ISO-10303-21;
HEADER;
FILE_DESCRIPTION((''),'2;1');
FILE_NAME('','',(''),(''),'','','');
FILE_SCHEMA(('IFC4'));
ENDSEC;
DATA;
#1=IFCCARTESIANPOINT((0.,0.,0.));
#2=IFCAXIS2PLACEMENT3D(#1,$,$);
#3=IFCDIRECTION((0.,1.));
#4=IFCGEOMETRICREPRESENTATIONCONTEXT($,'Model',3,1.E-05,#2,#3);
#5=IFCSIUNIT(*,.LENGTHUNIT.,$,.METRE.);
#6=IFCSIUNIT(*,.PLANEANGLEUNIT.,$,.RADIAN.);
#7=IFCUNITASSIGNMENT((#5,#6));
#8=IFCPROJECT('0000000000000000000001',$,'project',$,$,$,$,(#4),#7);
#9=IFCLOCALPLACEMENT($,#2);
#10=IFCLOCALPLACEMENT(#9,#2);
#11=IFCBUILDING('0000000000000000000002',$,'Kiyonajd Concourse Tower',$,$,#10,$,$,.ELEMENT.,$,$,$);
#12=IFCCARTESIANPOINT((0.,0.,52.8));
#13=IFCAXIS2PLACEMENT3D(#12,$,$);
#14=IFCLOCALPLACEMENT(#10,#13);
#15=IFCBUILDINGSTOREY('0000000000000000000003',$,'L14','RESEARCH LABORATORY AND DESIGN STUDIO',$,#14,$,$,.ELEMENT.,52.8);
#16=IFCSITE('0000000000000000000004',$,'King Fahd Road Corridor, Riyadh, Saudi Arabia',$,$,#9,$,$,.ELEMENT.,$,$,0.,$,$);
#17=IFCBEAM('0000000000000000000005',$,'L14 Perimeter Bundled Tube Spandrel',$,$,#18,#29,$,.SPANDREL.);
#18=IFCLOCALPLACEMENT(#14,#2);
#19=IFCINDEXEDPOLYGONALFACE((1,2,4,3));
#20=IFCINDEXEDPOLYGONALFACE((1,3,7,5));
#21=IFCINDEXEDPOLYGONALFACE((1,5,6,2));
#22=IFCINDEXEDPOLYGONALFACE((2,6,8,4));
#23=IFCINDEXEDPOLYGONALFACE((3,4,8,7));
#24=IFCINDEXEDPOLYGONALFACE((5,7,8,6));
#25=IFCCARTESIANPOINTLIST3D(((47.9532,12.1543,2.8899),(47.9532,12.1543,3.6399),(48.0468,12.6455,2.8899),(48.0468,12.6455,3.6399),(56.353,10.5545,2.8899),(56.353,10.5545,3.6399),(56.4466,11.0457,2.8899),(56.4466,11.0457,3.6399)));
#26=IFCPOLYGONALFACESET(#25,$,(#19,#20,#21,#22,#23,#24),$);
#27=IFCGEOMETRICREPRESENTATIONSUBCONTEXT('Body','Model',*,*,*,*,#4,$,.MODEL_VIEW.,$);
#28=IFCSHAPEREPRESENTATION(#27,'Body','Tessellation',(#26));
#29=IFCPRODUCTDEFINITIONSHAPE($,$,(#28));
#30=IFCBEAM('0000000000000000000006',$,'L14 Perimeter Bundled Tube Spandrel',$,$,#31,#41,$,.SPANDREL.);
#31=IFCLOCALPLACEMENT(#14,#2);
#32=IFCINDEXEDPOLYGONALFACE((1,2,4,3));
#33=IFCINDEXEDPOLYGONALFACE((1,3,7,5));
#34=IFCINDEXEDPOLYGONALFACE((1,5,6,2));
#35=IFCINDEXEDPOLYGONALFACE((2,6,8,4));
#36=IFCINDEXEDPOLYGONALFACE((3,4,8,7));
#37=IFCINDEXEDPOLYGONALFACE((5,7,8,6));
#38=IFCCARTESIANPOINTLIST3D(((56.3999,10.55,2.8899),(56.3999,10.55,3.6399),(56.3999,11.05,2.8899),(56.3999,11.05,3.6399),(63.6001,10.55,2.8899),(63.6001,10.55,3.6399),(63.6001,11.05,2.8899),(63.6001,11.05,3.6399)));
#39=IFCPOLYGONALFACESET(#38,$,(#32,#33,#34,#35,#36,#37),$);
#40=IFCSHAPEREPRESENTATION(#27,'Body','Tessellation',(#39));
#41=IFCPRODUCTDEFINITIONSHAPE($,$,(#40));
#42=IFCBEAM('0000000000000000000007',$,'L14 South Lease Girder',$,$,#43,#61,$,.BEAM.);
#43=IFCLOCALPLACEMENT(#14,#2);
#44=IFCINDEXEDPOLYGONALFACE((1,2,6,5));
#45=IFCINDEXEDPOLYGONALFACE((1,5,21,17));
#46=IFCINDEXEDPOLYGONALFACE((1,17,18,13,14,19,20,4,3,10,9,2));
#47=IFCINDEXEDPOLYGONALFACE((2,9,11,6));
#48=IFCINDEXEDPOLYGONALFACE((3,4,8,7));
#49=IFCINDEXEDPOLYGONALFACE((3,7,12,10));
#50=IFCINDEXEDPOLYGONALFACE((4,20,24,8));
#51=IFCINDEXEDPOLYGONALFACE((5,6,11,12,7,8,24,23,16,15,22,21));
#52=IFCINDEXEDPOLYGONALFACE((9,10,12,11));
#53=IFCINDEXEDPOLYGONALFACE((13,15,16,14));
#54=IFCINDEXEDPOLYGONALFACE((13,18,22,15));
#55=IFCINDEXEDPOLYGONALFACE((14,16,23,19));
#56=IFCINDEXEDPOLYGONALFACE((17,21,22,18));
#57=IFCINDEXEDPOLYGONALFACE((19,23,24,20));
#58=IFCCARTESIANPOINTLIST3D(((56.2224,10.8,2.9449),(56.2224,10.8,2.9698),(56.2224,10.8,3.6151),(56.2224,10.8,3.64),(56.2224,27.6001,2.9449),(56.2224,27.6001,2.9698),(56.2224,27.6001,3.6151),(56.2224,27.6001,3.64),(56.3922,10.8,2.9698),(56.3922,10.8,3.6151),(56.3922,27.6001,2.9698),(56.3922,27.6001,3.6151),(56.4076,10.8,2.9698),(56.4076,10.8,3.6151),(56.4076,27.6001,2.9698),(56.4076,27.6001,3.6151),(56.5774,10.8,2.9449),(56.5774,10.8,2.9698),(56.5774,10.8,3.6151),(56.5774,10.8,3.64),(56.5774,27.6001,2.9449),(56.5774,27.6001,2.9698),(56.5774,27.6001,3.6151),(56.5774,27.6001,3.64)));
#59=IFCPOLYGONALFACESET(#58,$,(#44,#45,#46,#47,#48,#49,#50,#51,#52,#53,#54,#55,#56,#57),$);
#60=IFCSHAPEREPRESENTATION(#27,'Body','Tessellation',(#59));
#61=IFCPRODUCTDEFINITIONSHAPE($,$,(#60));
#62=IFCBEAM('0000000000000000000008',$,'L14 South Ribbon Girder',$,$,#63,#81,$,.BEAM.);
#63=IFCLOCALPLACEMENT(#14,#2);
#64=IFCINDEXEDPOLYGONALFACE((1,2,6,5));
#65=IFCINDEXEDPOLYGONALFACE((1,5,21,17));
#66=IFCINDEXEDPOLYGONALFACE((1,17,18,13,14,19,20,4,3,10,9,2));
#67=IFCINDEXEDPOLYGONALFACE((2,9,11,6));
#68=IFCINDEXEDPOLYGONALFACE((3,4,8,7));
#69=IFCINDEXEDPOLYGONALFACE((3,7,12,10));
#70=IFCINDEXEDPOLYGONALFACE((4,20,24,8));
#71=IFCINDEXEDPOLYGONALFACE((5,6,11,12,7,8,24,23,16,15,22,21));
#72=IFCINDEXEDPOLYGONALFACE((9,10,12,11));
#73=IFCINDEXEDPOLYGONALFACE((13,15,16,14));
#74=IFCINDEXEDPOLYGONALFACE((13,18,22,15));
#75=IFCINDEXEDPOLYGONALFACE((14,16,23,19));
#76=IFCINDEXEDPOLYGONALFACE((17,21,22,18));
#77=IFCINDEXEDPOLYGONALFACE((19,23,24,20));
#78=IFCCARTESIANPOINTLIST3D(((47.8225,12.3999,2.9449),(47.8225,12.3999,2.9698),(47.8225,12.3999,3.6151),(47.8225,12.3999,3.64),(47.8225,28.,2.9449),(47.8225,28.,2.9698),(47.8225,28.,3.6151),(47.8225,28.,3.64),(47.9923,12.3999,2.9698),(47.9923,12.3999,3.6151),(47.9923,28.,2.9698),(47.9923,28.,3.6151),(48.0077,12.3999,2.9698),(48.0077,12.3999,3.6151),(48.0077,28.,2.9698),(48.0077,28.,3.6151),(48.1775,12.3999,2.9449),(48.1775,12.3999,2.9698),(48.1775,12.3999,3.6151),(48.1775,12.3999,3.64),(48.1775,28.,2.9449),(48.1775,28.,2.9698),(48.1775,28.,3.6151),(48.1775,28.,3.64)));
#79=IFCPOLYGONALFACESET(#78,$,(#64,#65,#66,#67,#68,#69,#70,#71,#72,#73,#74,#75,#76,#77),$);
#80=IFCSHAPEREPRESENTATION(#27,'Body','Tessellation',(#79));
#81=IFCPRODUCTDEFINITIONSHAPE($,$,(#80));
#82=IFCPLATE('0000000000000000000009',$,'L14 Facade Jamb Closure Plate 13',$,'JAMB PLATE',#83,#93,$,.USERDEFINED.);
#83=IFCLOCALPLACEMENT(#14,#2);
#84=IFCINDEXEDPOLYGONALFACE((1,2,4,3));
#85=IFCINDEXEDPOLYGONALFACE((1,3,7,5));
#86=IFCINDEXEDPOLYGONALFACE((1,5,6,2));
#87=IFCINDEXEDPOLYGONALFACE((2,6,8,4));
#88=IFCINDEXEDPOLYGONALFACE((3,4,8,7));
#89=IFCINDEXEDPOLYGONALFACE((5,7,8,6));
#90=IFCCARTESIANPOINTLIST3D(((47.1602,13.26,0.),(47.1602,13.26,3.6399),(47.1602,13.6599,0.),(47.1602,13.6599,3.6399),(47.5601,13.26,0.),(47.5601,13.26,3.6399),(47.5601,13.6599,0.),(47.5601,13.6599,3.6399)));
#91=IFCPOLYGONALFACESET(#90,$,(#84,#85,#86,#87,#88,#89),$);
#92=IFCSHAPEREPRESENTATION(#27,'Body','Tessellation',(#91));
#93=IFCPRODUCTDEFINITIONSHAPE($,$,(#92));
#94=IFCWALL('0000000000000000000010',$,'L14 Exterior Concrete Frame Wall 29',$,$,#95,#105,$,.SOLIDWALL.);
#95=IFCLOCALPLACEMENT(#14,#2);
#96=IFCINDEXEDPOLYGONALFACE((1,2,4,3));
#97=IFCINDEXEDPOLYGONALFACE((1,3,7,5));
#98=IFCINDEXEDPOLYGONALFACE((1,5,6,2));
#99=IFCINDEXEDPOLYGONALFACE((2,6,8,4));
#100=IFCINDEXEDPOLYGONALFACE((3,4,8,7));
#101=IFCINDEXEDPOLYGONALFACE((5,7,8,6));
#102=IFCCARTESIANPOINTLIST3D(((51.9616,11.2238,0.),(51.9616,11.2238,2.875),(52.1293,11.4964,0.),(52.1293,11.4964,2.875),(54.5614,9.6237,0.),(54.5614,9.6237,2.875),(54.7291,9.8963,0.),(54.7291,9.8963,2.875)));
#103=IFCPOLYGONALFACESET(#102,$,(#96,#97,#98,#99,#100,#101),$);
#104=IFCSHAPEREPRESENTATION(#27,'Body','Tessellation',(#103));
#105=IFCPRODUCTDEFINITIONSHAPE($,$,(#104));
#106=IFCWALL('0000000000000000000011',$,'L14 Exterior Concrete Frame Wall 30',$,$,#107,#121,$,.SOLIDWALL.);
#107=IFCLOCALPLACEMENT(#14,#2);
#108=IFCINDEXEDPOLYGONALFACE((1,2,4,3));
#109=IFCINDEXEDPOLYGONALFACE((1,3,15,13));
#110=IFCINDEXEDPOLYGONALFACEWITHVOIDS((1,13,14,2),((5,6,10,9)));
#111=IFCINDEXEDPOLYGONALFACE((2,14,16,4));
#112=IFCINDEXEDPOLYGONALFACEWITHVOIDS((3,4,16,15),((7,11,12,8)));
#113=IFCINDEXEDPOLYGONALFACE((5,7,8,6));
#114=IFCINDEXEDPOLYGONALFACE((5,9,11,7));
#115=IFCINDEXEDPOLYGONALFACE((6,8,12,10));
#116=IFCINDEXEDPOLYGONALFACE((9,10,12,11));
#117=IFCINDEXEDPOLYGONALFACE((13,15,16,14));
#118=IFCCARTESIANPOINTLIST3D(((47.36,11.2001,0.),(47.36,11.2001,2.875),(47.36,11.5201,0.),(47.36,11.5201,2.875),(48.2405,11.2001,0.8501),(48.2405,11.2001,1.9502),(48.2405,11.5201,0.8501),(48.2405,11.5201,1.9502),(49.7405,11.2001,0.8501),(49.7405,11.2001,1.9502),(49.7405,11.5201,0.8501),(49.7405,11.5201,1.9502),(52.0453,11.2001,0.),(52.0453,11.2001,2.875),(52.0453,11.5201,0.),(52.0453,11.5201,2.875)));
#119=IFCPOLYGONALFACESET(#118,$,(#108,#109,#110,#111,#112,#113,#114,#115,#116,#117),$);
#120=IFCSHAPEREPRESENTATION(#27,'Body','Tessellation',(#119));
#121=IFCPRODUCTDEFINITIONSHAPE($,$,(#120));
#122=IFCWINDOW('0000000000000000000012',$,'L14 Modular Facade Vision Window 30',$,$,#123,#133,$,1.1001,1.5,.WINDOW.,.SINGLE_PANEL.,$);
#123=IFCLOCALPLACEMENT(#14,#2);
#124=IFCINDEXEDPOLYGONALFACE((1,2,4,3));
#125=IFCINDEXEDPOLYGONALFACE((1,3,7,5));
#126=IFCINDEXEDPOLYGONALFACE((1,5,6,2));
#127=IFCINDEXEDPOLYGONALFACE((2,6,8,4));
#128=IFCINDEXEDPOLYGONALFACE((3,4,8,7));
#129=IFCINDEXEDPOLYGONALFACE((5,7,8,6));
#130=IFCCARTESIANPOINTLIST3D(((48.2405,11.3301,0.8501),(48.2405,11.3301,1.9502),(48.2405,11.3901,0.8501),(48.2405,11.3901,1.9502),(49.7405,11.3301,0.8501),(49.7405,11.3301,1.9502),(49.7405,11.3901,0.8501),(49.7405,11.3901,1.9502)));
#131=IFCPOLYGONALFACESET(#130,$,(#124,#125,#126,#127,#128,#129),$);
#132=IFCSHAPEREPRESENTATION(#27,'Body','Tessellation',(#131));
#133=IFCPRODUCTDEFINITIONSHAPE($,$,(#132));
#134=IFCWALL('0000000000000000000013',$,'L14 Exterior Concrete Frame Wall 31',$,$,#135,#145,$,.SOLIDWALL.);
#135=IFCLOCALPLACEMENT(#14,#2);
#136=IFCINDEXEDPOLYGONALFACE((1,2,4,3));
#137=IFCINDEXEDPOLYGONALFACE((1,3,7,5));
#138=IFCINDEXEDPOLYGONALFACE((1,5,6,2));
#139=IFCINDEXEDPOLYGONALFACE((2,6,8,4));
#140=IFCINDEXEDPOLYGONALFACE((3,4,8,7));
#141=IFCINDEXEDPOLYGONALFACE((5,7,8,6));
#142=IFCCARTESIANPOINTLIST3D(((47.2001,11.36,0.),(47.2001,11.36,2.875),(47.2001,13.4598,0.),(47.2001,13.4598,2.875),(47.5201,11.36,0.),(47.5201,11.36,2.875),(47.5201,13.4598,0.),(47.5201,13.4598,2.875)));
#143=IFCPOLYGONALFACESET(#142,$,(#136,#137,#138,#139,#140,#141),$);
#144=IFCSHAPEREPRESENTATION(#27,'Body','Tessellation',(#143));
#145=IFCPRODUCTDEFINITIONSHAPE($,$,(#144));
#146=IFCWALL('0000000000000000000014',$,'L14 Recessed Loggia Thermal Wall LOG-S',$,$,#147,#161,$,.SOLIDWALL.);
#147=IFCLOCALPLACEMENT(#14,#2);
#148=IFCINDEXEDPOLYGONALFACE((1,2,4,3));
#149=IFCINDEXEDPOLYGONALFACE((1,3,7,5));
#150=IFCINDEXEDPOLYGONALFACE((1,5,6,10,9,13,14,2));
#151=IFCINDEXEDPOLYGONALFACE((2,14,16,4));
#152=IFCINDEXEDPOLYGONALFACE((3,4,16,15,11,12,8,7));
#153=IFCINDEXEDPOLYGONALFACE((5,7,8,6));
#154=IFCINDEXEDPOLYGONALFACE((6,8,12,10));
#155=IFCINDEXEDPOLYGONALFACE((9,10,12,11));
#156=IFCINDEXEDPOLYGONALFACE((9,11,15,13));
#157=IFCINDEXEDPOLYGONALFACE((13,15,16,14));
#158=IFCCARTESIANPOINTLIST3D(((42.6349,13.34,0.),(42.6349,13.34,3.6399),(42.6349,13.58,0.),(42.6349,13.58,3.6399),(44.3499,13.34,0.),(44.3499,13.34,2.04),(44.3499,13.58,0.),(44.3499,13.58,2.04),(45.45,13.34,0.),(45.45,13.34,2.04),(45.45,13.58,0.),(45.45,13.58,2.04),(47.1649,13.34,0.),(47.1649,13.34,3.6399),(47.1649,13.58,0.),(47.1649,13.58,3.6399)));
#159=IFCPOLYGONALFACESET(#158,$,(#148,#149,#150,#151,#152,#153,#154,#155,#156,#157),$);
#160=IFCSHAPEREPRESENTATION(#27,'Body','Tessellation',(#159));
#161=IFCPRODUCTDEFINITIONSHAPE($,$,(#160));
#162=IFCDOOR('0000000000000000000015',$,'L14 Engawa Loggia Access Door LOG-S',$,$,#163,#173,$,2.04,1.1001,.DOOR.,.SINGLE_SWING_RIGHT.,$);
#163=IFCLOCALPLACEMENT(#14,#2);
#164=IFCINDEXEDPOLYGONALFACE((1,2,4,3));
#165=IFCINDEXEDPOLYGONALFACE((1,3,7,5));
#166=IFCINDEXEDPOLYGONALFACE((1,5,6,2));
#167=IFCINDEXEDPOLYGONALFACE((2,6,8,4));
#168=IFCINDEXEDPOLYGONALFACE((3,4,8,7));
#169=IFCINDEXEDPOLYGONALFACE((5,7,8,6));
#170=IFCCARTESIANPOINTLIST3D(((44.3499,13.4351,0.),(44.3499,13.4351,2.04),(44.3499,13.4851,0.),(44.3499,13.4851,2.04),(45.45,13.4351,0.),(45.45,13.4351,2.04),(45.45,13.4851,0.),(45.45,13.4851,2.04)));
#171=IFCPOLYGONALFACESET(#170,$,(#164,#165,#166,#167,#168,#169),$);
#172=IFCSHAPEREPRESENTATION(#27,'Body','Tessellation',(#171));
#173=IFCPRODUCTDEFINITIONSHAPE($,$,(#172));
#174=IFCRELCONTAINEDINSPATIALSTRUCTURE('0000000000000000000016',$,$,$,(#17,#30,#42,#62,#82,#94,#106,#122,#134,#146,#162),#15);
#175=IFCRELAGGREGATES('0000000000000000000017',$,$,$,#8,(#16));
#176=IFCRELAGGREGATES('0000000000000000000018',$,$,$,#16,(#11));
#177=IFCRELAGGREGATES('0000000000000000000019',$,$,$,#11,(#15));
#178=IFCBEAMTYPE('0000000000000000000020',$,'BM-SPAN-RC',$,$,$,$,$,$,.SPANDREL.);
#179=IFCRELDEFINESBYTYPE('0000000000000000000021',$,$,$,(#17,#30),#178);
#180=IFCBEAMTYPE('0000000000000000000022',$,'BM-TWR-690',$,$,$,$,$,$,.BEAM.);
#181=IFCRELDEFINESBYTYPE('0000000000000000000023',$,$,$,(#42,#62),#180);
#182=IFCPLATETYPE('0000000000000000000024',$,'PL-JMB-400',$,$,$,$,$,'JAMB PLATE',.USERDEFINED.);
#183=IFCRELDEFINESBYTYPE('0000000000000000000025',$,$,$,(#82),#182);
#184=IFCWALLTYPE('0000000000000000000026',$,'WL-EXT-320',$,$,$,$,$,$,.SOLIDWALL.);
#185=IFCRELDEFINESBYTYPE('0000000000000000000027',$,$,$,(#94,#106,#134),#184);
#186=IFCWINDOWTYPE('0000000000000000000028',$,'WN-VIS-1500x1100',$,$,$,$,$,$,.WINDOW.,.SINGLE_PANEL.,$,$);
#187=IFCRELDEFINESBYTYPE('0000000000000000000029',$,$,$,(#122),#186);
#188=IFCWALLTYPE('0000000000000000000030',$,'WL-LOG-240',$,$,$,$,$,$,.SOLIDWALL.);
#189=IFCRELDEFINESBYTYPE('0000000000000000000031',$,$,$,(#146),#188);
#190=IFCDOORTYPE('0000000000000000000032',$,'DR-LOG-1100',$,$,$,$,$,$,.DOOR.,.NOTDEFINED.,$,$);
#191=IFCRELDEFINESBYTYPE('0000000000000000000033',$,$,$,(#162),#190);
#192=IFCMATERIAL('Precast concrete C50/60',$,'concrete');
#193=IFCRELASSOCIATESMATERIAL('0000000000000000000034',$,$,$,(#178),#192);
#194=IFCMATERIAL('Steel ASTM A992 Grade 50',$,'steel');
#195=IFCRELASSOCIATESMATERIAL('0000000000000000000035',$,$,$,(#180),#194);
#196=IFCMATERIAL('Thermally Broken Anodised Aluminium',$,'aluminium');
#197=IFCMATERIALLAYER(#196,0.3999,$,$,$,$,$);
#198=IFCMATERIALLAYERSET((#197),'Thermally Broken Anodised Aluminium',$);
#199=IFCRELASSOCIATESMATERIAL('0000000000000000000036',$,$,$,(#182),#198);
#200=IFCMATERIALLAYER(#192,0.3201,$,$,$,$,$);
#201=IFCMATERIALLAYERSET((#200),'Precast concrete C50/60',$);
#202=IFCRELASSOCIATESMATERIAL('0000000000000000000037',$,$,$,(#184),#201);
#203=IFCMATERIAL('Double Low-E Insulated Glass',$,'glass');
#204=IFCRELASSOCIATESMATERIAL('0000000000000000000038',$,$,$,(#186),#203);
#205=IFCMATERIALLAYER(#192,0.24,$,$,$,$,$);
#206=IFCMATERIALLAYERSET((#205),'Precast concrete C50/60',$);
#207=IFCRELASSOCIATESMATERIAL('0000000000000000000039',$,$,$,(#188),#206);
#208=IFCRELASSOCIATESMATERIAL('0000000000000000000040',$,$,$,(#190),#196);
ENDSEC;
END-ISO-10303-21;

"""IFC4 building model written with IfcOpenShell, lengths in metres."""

from ifc_helpers import new_model, si_unit, direction, frame, frame_2d, origin, origin_2d, place, context, subcontext, project, spatial, rectangle, i_section, extrude, material, layer, layer_set, material_profile, profile_set, type_object, element, fill, save


model = new_model("IFC4")

# Units and contexts
model_context = context("Model", 3, precision=1e-05, world=origin(), true_north=direction((0.0, 1.0)))
body_context = subcontext(model_context, "Body", "Model", "MODEL_VIEW")
ifc_project = project(units=[si_unit("LENGTHUNIT", "METRE"), si_unit("PLANEANGLEUNIT", "RADIAN")], contexts=[model_context])

# Site, building, storey
site_placement = place(None, origin())
site = spatial("IfcSite", under=ifc_project, at=site_placement, Name="King Fahd Road Corridor, Riyadh, Saudi Arabia", CompositionType="ELEMENT", RefElevation=0.0)
building_placement = place(site_placement, origin())
building = spatial("IfcBuilding", under=site, at=building_placement, Name="Kiyonajd Concourse Tower", CompositionType="ELEMENT")
storey_placement = place(building_placement, frame((0.0, 0.0, 52.8)))
storey = spatial("IfcBuildingStorey", under=building, at=storey_placement, Name="L14", Description="RESEARCH LABORATORY AND DESIGN STUDIO", CompositionType="ELEMENT", Elevation=52.8)

# Beams
ifc_material_1 = material(Name="Steel ASTM A992 Grade 50", Category="steel")
ifc_material_2 = material(Name="Precast concrete C50/60", Category="concrete")
ifc_material_profile_1 = material_profile(ifc_material_2, rectangle(XDim=0.5, YDim=0.75, at=origin_2d()), Name="RCBM-500x750")
ifc_profile_set_1 = profile_set([ifc_material_profile_1], Name="Precast concrete C50/60")
beam_type_1 = type_object("IfcBeamType", Name="BM-SPAN-RC", PredefinedType="SPANDREL", material=ifc_profile_set_1)
beam_1_placement = place(storey_placement, frame((48.0, 12.3999, 3.2649), z_axis=(0.982341, -0.187098, 0.0), x_axis=(0.187098, 0.982341, 0.0)))
element("IfcBeam", 1, at=beam_1_placement, inside=storey, type_object=beam_type_1, Name="L14 Perimeter Bundled Tube Spandrel", PredefinedType="SPANDREL", context=body_context, shape_type="SweptSolid", body=[
    extrude(rectangle(XDim=0.5, YDim=0.75, at=origin_2d()), origin(), (0.0, 0.0, 1.0), 8.5508),
])
beam_2_placement = place(storey_placement, frame((56.3999, 10.8, 3.2649), z_axis=(1.0, 0.0, 0.0), x_axis=(0.0, 1.0, 0.0)))
element("IfcBeam", 2, at=beam_2_placement, inside=storey, type_object=beam_type_1, Name="L14 Perimeter Bundled Tube Spandrel", PredefinedType="SPANDREL", context=body_context, shape_type="SweptSolid", body=[
    extrude(rectangle(XDim=0.5, YDim=0.75, at=origin_2d()), origin(), (0.0, 0.0, 1.0), 7.2002),
])
ifc_material_profile_2 = material_profile(ifc_material_1, i_section(OverallWidth=0.355, OverallDepth=0.6951, WebThickness=0.0154, FlangeThickness=0.0249, at=origin_2d()), Name="W690X217")
ifc_profile_set_2 = profile_set([ifc_material_profile_2], Name="Steel ASTM A992 Grade 50")
beam_type_2 = type_object("IfcBeamType", Name="BM-TWR-690", PredefinedType="BEAM", material=ifc_profile_set_2)
beam_3_placement = place(storey_placement, frame((56.3999, 10.8, 3.2925), z_axis=(0.0, 1.0, 0.0), x_axis=(-1.0, 0.0, 0.0)))
element("IfcBeam", 3, at=beam_3_placement, inside=storey, type_object=beam_type_2, Name="L14 South Lease Girder", PredefinedType="BEAM", context=body_context, shape_type="SweptSolid", body=[
    extrude(i_section(OverallWidth=0.355, OverallDepth=0.6951, WebThickness=0.0154, FlangeThickness=0.0249, at=origin_2d()), origin(), (0.0, 0.0, 1.0), 16.8),
])
beam_4_placement = place(storey_placement, frame((48.0, 12.3999, 3.2925), z_axis=(0.0, 1.0, 0.0), x_axis=(-1.0, 0.0, 0.0)))
element("IfcBeam", 4, at=beam_4_placement, inside=storey, type_object=beam_type_2, Name="L14 South Ribbon Girder", PredefinedType="BEAM", context=body_context, shape_type="SweptSolid", body=[
    extrude(i_section(OverallWidth=0.355, OverallDepth=0.6951, WebThickness=0.0154, FlangeThickness=0.0249, at=origin_2d()), origin(), (0.0, 0.0, 1.0), 15.6001),
])

# Plate
ifc_material_3 = material(Name="Thermally Broken Anodised Aluminium", Category="aluminium")
ifc_layer_1 = layer(ifc_material_3, 0.3999)
ifc_layer_set_1 = layer_set([ifc_layer_1], Name="Thermally Broken Anodised Aluminium")
plate_type = type_object("IfcPlateType", Name="PL-JMB-400", ElementType="JAMB PLATE", PredefinedType="USERDEFINED", material=ifc_layer_set_1)
plate_placement = place(storey_placement, frame((47.3601, 13.46, 0.0), z_axis=(0.0, 0.0, 1.0), x_axis=(1.0, 0.0, 0.0)))
element("IfcPlate", 5, at=plate_placement, inside=storey, type_object=plate_type, Name="L14 Facade Jamb Closure Plate 13", ObjectType="JAMB PLATE", PredefinedType="USERDEFINED", context=body_context, shape_type="SweptSolid", body=[
    extrude(rectangle(XDim=0.3999, YDim=0.3999, at=origin_2d()), origin(), (0.0, 0.0, 1.0), 3.6399),
])

# Wall
ifc_layer_2 = layer(ifc_material_2, 0.3201)
ifc_layer_set_2 = layer_set([ifc_layer_2], Name="Precast concrete C50/60")
wall_type_1 = type_object("IfcWallType", Name="WL-EXT-320", PredefinedType="SOLIDWALL", material=ifc_layer_set_2)
wall_1_placement = place(storey_placement, frame((54.6453, 9.76, 0.0), z_axis=(0.0, 0.0, 1.0), x_axis=(-0.851631, 0.524142, 0.0)))
element("IfcWall", 6, at=wall_1_placement, inside=storey, type_object=wall_type_1, Name="L14 Exterior Concrete Frame Wall 29", PredefinedType="SOLIDWALL", context=body_context, shape_type="SweptSolid", body=[
    extrude(rectangle(XDim=3.0527, YDim=0.3201, at=frame_2d((1.5264, 0.0))), origin(), (0.0, 0.0, 1.0), 2.875),
])

# Wall, opening, window
wall_2_placement = place(storey_placement, frame((52.0454, 11.3601, 0.0), z_axis=(0.0, 0.0, 1.0), x_axis=(-1.0, 0.0, 0.0)))
wall_2 = element("IfcWall", 7, at=wall_2_placement, inside=storey, type_object=wall_type_1, Name="L14 Exterior Concrete Frame Wall 30", PredefinedType="SOLIDWALL", context=body_context, shape_type="SweptSolid", body=[
    extrude(rectangle(XDim=4.6853, YDim=0.3201, at=frame_2d((2.3428, 0.0))), origin(), (0.0, 0.0, 1.0), 2.875),
])
opening_1_placement = place(wall_2_placement, frame((2.3049, 0.0, 0.8501)))
opening_1 = element("IfcOpeningElement", 8, at=opening_1_placement, cuts=wall_2, PredefinedType="OPENING", context=body_context, shape_type="SweptSolid", body=[
    extrude(rectangle(XDim=1.5, YDim=1.1001, at=frame_2d((0.75, 0.55))), frame((0.0, 0.1699, 0.0), z_axis=(0.0, -1.0, 0.0), x_axis=(1.0, 0.0, 0.0)), (0.0, 0.0, 1.0), 0.3401),
])
ifc_material_4 = material(Name="Double Low-E Insulated Glass", Category="glass")
window_type = type_object("IfcWindowType", Name="WN-VIS-1500x1100", PartitioningType="SINGLE_PANEL", PredefinedType="WINDOW", material=ifc_material_4)
window_placement = place(opening_1_placement, origin())
window = element("IfcWindow", 9, at=window_placement, inside=storey, type_object=window_type, Name="L14 Modular Facade Vision Window 30", OverallHeight=1.1001, OverallWidth=1.5, PartitioningType="SINGLE_PANEL", PredefinedType="WINDOW", context=body_context, shape_type="SweptSolid", body=[
    extrude(rectangle(XDim=1.5, YDim=1.1001, at=frame_2d((0.75, 0.55))), frame((0.0, 0.03, 0.0), z_axis=(0.0, -1.0, 0.0), x_axis=(1.0, 0.0, 0.0)), (0.0, 0.0, 1.0), 0.0601),
])
fill(opening_1, window)

# Wall
wall_3_placement = place(storey_placement, frame((47.3601, 11.3601, 0.0), z_axis=(0.0, 0.0, 1.0), x_axis=(0.0, 1.0, 0.0)))
element("IfcWall", 10, at=wall_3_placement, inside=storey, type_object=wall_type_1, Name="L14 Exterior Concrete Frame Wall 31", PredefinedType="SOLIDWALL", context=body_context, shape_type="SweptSolid", body=[
    extrude(rectangle(XDim=2.0999, YDim=0.3201, at=frame_2d((1.0498, 0.0))), origin(), (0.0, 0.0, 1.0), 2.875),
])

# Wall, opening, door
ifc_layer_3 = layer(ifc_material_2, 0.24)
ifc_layer_set_3 = layer_set([ifc_layer_3], Name="Precast concrete C50/60")
wall_type_2 = type_object("IfcWallType", Name="WL-LOG-240", PredefinedType="SOLIDWALL", material=ifc_layer_set_3)
wall_4_placement = place(storey_placement, frame((47.165, 13.46, 0.0), z_axis=(0.0, 0.0, 1.0), x_axis=(-1.0, 0.0, 0.0)))
wall_4 = element("IfcWall", 11, at=wall_4_placement, inside=storey, type_object=wall_type_2, Name="L14 Recessed Loggia Thermal Wall LOG-S", PredefinedType="SOLIDWALL", context=body_context, shape_type="SweptSolid", body=[
    extrude(rectangle(XDim=4.53, YDim=0.24, at=frame_2d((2.2651, 0.0))), origin(), (0.0, 0.0, 1.0), 3.6399),
])
opening_2_placement = place(wall_4_placement, frame((1.7151, 0.0, 0.0)))
opening_2 = element("IfcOpeningElement", 12, at=opening_2_placement, cuts=wall_4, PredefinedType="OPENING", context=body_context, shape_type="SweptSolid", body=[
    extrude(rectangle(XDim=1.1001, YDim=2.04, at=frame_2d((0.55, 1.02))), frame((0.0, 0.1299, 0.0), z_axis=(0.0, -1.0, 0.0), x_axis=(1.0, 0.0, 0.0)), (0.0, 0.0, 1.0), 0.26),
])
door_type = type_object("IfcDoorType", Name="DR-LOG-1100", OperationType="NOTDEFINED", PredefinedType="DOOR", material=ifc_material_3)
door_placement = place(opening_2_placement, origin())
door = element("IfcDoor", 13, at=door_placement, inside=storey, type_object=door_type, Name="L14 Engawa Loggia Access Door LOG-S", OperationType="SINGLE_SWING_RIGHT", OverallHeight=2.04, OverallWidth=1.1001, PredefinedType="DOOR", context=body_context, shape_type="SweptSolid", body=[
    extrude(rectangle(XDim=1.1001, YDim=2.04, at=frame_2d((0.55, 1.02))), frame((0.0, 0.0249, 0.0), z_axis=(0.0, -1.0, 0.0), x_axis=(1.0, 0.0, 0.0)), (0.0, 0.0, 1.0), 0.05),
])
fill(opening_2, door)

save(model, "model.ifc")
